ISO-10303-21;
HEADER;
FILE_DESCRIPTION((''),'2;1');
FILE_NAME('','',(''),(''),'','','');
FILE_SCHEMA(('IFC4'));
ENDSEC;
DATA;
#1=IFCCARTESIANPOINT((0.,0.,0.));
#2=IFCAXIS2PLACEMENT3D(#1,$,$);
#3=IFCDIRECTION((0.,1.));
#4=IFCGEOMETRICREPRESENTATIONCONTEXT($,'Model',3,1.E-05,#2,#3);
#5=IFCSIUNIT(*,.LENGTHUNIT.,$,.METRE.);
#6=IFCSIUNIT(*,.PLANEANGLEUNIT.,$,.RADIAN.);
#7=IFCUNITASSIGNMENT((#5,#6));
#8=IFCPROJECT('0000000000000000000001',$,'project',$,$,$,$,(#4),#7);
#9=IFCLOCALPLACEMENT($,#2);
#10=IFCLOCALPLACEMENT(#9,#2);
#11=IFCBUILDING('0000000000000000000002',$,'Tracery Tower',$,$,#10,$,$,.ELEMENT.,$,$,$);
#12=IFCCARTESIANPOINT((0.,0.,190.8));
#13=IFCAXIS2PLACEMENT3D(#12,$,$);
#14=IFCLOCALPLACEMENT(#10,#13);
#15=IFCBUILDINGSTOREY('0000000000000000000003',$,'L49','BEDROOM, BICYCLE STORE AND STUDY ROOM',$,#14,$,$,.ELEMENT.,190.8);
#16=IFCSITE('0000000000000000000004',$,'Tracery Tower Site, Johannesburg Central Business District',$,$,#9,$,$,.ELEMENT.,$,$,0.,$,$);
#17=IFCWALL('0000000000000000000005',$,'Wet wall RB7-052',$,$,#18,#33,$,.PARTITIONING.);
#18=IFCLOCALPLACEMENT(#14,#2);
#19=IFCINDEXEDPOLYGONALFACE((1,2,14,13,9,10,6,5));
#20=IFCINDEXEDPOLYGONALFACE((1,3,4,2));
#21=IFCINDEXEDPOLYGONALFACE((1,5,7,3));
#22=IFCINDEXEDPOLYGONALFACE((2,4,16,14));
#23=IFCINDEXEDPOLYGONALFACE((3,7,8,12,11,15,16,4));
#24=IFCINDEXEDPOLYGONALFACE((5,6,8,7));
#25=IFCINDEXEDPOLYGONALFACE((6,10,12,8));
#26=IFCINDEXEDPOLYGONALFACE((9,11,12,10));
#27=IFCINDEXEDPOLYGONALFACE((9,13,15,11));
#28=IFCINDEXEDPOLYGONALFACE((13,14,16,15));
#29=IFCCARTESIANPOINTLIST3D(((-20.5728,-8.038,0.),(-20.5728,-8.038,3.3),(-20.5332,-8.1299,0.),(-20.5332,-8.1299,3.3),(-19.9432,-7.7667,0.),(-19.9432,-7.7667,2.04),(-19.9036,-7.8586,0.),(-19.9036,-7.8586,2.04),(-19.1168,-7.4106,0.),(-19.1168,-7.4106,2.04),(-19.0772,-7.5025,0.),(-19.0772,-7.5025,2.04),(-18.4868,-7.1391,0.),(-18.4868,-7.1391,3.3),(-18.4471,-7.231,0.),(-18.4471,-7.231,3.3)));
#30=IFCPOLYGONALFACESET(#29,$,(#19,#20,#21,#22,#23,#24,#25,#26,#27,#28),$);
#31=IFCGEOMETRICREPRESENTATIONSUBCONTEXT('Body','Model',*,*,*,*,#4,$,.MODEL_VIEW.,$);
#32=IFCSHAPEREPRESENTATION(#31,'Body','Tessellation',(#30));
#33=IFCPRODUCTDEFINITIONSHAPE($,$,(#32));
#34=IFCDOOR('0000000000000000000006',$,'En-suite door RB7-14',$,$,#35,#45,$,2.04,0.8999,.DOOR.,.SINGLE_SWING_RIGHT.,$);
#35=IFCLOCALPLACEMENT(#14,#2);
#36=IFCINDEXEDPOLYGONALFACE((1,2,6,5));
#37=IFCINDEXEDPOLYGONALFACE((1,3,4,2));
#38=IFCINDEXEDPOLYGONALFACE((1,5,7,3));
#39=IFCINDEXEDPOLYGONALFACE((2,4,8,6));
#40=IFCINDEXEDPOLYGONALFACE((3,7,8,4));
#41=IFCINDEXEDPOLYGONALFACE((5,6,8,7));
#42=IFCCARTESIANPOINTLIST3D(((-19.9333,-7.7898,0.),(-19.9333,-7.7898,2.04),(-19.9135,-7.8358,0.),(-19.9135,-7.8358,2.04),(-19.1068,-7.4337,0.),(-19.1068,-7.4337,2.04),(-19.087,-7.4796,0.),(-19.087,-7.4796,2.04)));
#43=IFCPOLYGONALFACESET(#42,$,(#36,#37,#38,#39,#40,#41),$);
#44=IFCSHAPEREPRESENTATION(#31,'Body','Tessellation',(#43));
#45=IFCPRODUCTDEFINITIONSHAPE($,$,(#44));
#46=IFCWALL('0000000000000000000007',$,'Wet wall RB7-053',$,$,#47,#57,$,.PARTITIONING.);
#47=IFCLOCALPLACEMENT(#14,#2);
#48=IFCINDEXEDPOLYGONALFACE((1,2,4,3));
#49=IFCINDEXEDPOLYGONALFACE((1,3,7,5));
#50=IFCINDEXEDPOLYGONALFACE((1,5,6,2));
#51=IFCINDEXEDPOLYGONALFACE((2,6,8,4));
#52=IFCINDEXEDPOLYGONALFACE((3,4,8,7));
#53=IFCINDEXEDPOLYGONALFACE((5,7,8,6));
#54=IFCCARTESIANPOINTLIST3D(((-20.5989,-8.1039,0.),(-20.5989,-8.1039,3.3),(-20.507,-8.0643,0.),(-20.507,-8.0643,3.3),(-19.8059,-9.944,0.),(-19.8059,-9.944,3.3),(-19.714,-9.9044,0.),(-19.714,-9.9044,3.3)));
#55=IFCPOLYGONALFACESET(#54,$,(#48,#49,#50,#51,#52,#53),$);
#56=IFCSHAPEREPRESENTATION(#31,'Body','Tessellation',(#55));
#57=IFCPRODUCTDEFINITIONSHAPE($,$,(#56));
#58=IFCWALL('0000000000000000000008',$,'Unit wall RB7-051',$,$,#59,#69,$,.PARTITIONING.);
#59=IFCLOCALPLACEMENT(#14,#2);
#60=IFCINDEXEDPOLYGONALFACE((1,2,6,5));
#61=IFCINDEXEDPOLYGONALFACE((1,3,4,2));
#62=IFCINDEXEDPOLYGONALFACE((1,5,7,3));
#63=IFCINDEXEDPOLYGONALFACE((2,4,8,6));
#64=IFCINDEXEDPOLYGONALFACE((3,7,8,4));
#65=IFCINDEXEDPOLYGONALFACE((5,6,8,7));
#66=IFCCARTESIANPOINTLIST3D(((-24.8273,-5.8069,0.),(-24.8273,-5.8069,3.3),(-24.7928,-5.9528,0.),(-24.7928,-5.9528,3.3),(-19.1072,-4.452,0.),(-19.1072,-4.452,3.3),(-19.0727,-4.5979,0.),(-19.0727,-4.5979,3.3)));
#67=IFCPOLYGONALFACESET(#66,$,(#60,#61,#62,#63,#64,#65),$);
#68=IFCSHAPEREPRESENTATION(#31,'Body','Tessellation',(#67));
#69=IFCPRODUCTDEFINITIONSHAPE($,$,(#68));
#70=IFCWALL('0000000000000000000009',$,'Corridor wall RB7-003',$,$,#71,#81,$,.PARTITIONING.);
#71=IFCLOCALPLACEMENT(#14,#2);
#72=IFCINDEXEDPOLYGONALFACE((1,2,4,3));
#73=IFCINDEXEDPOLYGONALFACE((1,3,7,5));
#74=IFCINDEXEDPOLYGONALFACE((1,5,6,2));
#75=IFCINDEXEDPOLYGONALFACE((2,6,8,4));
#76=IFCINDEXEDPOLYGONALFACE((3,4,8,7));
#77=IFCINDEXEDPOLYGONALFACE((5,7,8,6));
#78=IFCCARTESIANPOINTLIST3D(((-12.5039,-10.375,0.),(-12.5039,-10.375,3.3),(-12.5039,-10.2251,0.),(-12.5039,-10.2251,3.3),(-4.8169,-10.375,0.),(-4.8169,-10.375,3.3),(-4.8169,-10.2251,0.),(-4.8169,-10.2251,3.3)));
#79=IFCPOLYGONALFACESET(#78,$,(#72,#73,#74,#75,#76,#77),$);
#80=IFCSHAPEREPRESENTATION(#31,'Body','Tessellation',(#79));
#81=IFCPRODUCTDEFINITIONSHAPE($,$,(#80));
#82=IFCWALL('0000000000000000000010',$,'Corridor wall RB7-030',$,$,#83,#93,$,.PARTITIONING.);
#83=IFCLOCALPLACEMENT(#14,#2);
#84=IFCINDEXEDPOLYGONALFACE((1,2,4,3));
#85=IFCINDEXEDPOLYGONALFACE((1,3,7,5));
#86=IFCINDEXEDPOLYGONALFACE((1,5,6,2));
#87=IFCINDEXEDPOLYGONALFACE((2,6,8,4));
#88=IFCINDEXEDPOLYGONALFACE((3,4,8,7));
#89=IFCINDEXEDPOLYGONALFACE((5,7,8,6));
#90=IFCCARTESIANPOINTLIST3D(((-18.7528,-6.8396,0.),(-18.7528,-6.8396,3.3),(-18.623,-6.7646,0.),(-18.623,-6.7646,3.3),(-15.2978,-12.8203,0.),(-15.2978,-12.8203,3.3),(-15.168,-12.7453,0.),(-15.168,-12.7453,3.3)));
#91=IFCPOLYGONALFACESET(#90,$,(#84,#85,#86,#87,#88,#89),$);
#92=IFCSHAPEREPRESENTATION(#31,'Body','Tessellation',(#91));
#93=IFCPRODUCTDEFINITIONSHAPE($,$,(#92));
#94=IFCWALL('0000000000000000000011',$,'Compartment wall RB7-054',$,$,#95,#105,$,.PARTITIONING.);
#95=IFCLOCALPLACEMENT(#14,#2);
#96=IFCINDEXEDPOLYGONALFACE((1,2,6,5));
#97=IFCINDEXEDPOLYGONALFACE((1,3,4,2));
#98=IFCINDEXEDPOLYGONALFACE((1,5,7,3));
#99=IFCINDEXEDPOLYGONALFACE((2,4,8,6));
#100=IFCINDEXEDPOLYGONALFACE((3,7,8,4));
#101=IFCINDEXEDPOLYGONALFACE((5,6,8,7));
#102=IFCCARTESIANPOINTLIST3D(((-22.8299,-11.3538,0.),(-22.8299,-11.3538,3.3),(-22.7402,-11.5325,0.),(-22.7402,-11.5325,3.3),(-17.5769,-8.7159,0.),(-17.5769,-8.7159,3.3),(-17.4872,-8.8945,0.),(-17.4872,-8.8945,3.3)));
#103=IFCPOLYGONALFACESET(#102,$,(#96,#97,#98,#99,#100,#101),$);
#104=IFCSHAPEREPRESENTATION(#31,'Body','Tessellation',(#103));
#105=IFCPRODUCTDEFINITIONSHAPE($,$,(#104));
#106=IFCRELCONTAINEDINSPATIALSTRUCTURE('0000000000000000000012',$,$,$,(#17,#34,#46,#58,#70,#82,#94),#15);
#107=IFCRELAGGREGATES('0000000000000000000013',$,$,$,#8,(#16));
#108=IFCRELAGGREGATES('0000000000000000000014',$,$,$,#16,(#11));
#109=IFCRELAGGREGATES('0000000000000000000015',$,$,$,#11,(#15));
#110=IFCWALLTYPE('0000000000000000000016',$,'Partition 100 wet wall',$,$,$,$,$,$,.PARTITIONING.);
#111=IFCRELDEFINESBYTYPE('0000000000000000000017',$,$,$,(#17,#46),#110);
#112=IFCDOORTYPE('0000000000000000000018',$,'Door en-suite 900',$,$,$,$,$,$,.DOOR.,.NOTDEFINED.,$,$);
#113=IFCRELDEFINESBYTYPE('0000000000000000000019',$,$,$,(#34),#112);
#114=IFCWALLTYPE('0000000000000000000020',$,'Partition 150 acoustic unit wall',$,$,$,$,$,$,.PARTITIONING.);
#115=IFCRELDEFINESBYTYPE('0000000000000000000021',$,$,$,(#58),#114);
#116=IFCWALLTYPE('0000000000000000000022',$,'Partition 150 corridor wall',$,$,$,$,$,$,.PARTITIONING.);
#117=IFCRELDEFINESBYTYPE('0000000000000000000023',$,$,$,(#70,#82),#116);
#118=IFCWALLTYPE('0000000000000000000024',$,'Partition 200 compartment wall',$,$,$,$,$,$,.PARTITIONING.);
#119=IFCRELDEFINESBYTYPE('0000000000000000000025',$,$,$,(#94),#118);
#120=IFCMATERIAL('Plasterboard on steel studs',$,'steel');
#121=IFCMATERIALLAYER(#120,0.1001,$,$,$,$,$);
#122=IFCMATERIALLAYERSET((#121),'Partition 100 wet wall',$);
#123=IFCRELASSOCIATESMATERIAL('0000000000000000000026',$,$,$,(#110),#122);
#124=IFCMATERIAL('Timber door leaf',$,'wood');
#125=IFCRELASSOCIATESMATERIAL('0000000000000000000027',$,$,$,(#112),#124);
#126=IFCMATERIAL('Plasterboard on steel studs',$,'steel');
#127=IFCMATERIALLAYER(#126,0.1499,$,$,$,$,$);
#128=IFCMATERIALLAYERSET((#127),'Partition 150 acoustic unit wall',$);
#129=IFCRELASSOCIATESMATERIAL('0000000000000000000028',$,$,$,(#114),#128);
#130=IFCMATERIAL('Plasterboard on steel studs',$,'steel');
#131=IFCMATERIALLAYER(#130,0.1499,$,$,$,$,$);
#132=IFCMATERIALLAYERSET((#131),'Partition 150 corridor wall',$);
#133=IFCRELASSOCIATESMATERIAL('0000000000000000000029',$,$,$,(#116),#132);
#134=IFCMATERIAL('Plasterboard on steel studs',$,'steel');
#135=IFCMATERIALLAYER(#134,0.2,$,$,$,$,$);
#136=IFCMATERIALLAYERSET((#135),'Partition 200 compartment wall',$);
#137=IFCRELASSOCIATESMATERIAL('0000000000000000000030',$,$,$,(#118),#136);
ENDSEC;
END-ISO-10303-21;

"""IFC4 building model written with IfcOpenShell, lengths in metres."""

from ifc_helpers import new_model, si_unit, direction, frame, frame_2d, origin, place, context, subcontext, project, spatial, rectangle, extrude, material, layer, layer_set, type_object, element, fill, save


model = new_model("IFC4")

# Units and contexts
model_context = context("Model", 3, precision=1e-05, world=origin(), true_north=direction((0.0, 1.0)))
body_context = subcontext(model_context, "Body", "Model", "MODEL_VIEW")
ifc_project = project(units=[si_unit("LENGTHUNIT", "METRE"), si_unit("PLANEANGLEUNIT", "RADIAN")], contexts=[model_context])

# Site, building, storey
site_placement = place(None, origin())
site = spatial("IfcSite", under=ifc_project, at=site_placement, Name="Tracery Tower Site, Johannesburg Central Business District", CompositionType="ELEMENT", RefElevation=0.0)
building_placement = place(site_placement, origin())
building = spatial("IfcBuilding", under=site, at=building_placement, Name="Tracery Tower", CompositionType="ELEMENT")
storey_placement = place(building_placement, frame((0.0, 0.0, 190.8)))
storey = spatial("IfcBuildingStorey", under=building, at=storey_placement, Name="L49", Description="BEDROOM, BICYCLE STORE AND STUDY ROOM", CompositionType="ELEMENT", Elevation=190.8)

# Shared definitions
ifc_material_1 = material(Name="Plasterboard on steel studs", Category="steel")
ifc_layer_1 = layer(ifc_material_1, 0.1001)
ifc_layer_set_1 = layer_set([ifc_layer_1], Name="Partition 100 wet wall")
wall_type_1 = type_object("IfcWallType", Name="Partition 100 wet wall", PredefinedType="PARTITIONING", material=ifc_layer_set_1)
ifc_material_2 = material(Name="Timber door leaf", Category="wood")
door_type_1 = type_object("IfcDoorType", Name="Door en-suite 900", OperationType="NOTDEFINED", PredefinedType="DOOR", material=ifc_material_2)

# Wall, opening, door
wall_1_placement = place(storey_placement, frame((-20.553, -8.084, 0.0), z_axis=(0.0, 0.0, 1.0), x_axis=(0.918354, 0.395761, 0.0)))
wall_1 = element("IfcWall", 1, at=wall_1_placement, inside=storey, type_object=wall_type_1, Name="Wet wall RB7-052", PredefinedType="PARTITIONING", context=body_context, shape_type="SweptSolid", body=[
    extrude(rectangle(XDim=2.2715, YDim=0.1001, at=frame_2d((1.1357, 0.0))), origin(), (0.0, 0.0, 1.0), 3.3),
])
opening_1_placement = place(wall_1_placement, frame((0.6855, 0.0, 0.0)))
opening_1 = element("IfcOpeningElement", 2, at=opening_1_placement, cuts=wall_1, PredefinedType="OPENING", context=body_context, shape_type="SweptSolid", body=[
    extrude(rectangle(XDim=0.8999, YDim=2.04, at=frame_2d((0.45, 1.02))), frame((0.0, 0.05, 0.0), z_axis=(0.0, -1.0, 0.0), x_axis=(1.0, 0.0, 0.0)), (0.0, 0.0, 1.0), 0.1001),
])
door_1_placement = place(opening_1_placement, origin())
door_1 = element("IfcDoor", 3, at=door_1_placement, inside=storey, type_object=door_type_1, Name="En-suite door RB7-14", OperationType="SINGLE_SWING_RIGHT", OverallHeight=2.04, OverallWidth=0.8999, PredefinedType="DOOR", context=body_context, shape_type="SweptSolid", body=[
    extrude(rectangle(XDim=0.8999, YDim=2.04, at=frame_2d((0.45, 1.02))), frame((0.0, 0.0249, 0.0), z_axis=(0.0, -1.0, 0.0), x_axis=(1.0, 0.0, 0.0)), (0.0, 0.0, 1.0), 0.05),
])
fill(opening_1, door_1)

# Walls
wall_2_placement = place(storey_placement, frame((-20.553, -8.084, 0.0), z_axis=(0.0, 0.0, 1.0), x_axis=(0.395757, -0.918355, 0.0)))
element("IfcWall", 4, at=wall_2_placement, inside=storey, type_object=wall_type_1, Name="Wet wall RB7-053", PredefinedType="PARTITIONING", context=body_context, shape_type="SweptSolid", body=[
    extrude(rectangle(XDim=2.0037, YDim=0.1001, at=frame_2d((1.002, 0.0))), origin(), (0.0, 0.0, 1.0), 3.3),
])
ifc_material_3 = material(Name="Plasterboard on steel studs", Category="steel")
ifc_layer_2 = layer(ifc_material_3, 0.1499)
ifc_layer_set_2 = layer_set([ifc_layer_2], Name="Partition 150 acoustic unit wall")
wall_type_2 = type_object("IfcWallType", Name="Partition 150 acoustic unit wall", PredefinedType="PARTITIONING", material=ifc_layer_set_2)
wall_3_placement = place(storey_placement, frame((-24.8101, -5.8799, 0.0), z_axis=(0.0, 0.0, 1.0), x_axis=(0.973073, 0.230497, 0.0)))
element("IfcWall", 5, at=wall_3_placement, inside=storey, type_object=wall_type_2, Name="Unit wall RB7-051", PredefinedType="PARTITIONING", context=body_context, shape_type="SweptSolid", body=[
    extrude(rectangle(XDim=5.8784, YDim=0.1499, at=frame_2d((2.9392, 0.0))), origin(), (0.0, 0.0, 1.0), 3.3),
])
ifc_material_4 = material(Name="Plasterboard on steel studs", Category="steel")
ifc_layer_3 = layer(ifc_material_4, 0.1499)
ifc_layer_set_3 = layer_set([ifc_layer_3], Name="Partition 150 corridor wall")
wall_type_3 = type_object("IfcWallType", Name="Partition 150 corridor wall", PredefinedType="PARTITIONING", material=ifc_layer_set_3)
wall_4_placement = place(storey_placement, frame((-12.5039, -10.3, 0.0), z_axis=(0.0, 0.0, 1.0), x_axis=(1.0, 0.0, 0.0)))
element("IfcWall", 6, at=wall_4_placement, inside=storey, type_object=wall_type_3, Name="Corridor wall RB7-003", PredefinedType="PARTITIONING", context=body_context, shape_type="SweptSolid", body=[
    extrude(rectangle(XDim=7.687, YDim=0.1499, at=frame_2d((3.8435, 0.0))), origin(), (0.0, 0.0, 1.0), 3.3),
])
wall_5_placement = place(storey_placement, frame((-18.688, -6.802, 0.0), z_axis=(0.0, 0.0, 1.0), x_axis=(0.500229, -0.865893, 0.0)))
element("IfcWall", 7, at=wall_5_placement, inside=storey, type_object=wall_type_3, Name="Corridor wall RB7-030", PredefinedType="PARTITIONING", context=body_context, shape_type="SweptSolid", body=[
    extrude(rectangle(XDim=6.907, YDim=0.1499, at=frame_2d((3.4536, 0.0))), origin(), (0.0, 0.0, 1.0), 3.3),
])
ifc_material_5 = material(Name="Plasterboard on steel studs", Category="steel")
ifc_layer_4 = layer(ifc_material_5, 0.2)
ifc_layer_set_4 = layer_set([ifc_layer_4], Name="Partition 200 compartment wall")
wall_type_4 = type_object("IfcWallType", Name="Partition 200 compartment wall", PredefinedType="PARTITIONING", material=ifc_layer_set_4)
wall_6_placement = place(storey_placement, frame((-22.7849, -11.4431, 0.0), z_axis=(0.0, 0.0, 1.0), x_axis=(0.893645, 0.448775, 0.0)))
element("IfcWall", 8, at=wall_6_placement, inside=storey, type_object=wall_type_4, Name="Compartment wall RB7-054", PredefinedType="PARTITIONING", context=body_context, shape_type="SweptSolid", body=[
    extrude(rectangle(XDim=5.8782, YDim=0.2, at=frame_2d((2.939, 0.0))), origin(), (0.0, 0.0, 1.0), 3.3),
])

save(model, "model.ifc")
